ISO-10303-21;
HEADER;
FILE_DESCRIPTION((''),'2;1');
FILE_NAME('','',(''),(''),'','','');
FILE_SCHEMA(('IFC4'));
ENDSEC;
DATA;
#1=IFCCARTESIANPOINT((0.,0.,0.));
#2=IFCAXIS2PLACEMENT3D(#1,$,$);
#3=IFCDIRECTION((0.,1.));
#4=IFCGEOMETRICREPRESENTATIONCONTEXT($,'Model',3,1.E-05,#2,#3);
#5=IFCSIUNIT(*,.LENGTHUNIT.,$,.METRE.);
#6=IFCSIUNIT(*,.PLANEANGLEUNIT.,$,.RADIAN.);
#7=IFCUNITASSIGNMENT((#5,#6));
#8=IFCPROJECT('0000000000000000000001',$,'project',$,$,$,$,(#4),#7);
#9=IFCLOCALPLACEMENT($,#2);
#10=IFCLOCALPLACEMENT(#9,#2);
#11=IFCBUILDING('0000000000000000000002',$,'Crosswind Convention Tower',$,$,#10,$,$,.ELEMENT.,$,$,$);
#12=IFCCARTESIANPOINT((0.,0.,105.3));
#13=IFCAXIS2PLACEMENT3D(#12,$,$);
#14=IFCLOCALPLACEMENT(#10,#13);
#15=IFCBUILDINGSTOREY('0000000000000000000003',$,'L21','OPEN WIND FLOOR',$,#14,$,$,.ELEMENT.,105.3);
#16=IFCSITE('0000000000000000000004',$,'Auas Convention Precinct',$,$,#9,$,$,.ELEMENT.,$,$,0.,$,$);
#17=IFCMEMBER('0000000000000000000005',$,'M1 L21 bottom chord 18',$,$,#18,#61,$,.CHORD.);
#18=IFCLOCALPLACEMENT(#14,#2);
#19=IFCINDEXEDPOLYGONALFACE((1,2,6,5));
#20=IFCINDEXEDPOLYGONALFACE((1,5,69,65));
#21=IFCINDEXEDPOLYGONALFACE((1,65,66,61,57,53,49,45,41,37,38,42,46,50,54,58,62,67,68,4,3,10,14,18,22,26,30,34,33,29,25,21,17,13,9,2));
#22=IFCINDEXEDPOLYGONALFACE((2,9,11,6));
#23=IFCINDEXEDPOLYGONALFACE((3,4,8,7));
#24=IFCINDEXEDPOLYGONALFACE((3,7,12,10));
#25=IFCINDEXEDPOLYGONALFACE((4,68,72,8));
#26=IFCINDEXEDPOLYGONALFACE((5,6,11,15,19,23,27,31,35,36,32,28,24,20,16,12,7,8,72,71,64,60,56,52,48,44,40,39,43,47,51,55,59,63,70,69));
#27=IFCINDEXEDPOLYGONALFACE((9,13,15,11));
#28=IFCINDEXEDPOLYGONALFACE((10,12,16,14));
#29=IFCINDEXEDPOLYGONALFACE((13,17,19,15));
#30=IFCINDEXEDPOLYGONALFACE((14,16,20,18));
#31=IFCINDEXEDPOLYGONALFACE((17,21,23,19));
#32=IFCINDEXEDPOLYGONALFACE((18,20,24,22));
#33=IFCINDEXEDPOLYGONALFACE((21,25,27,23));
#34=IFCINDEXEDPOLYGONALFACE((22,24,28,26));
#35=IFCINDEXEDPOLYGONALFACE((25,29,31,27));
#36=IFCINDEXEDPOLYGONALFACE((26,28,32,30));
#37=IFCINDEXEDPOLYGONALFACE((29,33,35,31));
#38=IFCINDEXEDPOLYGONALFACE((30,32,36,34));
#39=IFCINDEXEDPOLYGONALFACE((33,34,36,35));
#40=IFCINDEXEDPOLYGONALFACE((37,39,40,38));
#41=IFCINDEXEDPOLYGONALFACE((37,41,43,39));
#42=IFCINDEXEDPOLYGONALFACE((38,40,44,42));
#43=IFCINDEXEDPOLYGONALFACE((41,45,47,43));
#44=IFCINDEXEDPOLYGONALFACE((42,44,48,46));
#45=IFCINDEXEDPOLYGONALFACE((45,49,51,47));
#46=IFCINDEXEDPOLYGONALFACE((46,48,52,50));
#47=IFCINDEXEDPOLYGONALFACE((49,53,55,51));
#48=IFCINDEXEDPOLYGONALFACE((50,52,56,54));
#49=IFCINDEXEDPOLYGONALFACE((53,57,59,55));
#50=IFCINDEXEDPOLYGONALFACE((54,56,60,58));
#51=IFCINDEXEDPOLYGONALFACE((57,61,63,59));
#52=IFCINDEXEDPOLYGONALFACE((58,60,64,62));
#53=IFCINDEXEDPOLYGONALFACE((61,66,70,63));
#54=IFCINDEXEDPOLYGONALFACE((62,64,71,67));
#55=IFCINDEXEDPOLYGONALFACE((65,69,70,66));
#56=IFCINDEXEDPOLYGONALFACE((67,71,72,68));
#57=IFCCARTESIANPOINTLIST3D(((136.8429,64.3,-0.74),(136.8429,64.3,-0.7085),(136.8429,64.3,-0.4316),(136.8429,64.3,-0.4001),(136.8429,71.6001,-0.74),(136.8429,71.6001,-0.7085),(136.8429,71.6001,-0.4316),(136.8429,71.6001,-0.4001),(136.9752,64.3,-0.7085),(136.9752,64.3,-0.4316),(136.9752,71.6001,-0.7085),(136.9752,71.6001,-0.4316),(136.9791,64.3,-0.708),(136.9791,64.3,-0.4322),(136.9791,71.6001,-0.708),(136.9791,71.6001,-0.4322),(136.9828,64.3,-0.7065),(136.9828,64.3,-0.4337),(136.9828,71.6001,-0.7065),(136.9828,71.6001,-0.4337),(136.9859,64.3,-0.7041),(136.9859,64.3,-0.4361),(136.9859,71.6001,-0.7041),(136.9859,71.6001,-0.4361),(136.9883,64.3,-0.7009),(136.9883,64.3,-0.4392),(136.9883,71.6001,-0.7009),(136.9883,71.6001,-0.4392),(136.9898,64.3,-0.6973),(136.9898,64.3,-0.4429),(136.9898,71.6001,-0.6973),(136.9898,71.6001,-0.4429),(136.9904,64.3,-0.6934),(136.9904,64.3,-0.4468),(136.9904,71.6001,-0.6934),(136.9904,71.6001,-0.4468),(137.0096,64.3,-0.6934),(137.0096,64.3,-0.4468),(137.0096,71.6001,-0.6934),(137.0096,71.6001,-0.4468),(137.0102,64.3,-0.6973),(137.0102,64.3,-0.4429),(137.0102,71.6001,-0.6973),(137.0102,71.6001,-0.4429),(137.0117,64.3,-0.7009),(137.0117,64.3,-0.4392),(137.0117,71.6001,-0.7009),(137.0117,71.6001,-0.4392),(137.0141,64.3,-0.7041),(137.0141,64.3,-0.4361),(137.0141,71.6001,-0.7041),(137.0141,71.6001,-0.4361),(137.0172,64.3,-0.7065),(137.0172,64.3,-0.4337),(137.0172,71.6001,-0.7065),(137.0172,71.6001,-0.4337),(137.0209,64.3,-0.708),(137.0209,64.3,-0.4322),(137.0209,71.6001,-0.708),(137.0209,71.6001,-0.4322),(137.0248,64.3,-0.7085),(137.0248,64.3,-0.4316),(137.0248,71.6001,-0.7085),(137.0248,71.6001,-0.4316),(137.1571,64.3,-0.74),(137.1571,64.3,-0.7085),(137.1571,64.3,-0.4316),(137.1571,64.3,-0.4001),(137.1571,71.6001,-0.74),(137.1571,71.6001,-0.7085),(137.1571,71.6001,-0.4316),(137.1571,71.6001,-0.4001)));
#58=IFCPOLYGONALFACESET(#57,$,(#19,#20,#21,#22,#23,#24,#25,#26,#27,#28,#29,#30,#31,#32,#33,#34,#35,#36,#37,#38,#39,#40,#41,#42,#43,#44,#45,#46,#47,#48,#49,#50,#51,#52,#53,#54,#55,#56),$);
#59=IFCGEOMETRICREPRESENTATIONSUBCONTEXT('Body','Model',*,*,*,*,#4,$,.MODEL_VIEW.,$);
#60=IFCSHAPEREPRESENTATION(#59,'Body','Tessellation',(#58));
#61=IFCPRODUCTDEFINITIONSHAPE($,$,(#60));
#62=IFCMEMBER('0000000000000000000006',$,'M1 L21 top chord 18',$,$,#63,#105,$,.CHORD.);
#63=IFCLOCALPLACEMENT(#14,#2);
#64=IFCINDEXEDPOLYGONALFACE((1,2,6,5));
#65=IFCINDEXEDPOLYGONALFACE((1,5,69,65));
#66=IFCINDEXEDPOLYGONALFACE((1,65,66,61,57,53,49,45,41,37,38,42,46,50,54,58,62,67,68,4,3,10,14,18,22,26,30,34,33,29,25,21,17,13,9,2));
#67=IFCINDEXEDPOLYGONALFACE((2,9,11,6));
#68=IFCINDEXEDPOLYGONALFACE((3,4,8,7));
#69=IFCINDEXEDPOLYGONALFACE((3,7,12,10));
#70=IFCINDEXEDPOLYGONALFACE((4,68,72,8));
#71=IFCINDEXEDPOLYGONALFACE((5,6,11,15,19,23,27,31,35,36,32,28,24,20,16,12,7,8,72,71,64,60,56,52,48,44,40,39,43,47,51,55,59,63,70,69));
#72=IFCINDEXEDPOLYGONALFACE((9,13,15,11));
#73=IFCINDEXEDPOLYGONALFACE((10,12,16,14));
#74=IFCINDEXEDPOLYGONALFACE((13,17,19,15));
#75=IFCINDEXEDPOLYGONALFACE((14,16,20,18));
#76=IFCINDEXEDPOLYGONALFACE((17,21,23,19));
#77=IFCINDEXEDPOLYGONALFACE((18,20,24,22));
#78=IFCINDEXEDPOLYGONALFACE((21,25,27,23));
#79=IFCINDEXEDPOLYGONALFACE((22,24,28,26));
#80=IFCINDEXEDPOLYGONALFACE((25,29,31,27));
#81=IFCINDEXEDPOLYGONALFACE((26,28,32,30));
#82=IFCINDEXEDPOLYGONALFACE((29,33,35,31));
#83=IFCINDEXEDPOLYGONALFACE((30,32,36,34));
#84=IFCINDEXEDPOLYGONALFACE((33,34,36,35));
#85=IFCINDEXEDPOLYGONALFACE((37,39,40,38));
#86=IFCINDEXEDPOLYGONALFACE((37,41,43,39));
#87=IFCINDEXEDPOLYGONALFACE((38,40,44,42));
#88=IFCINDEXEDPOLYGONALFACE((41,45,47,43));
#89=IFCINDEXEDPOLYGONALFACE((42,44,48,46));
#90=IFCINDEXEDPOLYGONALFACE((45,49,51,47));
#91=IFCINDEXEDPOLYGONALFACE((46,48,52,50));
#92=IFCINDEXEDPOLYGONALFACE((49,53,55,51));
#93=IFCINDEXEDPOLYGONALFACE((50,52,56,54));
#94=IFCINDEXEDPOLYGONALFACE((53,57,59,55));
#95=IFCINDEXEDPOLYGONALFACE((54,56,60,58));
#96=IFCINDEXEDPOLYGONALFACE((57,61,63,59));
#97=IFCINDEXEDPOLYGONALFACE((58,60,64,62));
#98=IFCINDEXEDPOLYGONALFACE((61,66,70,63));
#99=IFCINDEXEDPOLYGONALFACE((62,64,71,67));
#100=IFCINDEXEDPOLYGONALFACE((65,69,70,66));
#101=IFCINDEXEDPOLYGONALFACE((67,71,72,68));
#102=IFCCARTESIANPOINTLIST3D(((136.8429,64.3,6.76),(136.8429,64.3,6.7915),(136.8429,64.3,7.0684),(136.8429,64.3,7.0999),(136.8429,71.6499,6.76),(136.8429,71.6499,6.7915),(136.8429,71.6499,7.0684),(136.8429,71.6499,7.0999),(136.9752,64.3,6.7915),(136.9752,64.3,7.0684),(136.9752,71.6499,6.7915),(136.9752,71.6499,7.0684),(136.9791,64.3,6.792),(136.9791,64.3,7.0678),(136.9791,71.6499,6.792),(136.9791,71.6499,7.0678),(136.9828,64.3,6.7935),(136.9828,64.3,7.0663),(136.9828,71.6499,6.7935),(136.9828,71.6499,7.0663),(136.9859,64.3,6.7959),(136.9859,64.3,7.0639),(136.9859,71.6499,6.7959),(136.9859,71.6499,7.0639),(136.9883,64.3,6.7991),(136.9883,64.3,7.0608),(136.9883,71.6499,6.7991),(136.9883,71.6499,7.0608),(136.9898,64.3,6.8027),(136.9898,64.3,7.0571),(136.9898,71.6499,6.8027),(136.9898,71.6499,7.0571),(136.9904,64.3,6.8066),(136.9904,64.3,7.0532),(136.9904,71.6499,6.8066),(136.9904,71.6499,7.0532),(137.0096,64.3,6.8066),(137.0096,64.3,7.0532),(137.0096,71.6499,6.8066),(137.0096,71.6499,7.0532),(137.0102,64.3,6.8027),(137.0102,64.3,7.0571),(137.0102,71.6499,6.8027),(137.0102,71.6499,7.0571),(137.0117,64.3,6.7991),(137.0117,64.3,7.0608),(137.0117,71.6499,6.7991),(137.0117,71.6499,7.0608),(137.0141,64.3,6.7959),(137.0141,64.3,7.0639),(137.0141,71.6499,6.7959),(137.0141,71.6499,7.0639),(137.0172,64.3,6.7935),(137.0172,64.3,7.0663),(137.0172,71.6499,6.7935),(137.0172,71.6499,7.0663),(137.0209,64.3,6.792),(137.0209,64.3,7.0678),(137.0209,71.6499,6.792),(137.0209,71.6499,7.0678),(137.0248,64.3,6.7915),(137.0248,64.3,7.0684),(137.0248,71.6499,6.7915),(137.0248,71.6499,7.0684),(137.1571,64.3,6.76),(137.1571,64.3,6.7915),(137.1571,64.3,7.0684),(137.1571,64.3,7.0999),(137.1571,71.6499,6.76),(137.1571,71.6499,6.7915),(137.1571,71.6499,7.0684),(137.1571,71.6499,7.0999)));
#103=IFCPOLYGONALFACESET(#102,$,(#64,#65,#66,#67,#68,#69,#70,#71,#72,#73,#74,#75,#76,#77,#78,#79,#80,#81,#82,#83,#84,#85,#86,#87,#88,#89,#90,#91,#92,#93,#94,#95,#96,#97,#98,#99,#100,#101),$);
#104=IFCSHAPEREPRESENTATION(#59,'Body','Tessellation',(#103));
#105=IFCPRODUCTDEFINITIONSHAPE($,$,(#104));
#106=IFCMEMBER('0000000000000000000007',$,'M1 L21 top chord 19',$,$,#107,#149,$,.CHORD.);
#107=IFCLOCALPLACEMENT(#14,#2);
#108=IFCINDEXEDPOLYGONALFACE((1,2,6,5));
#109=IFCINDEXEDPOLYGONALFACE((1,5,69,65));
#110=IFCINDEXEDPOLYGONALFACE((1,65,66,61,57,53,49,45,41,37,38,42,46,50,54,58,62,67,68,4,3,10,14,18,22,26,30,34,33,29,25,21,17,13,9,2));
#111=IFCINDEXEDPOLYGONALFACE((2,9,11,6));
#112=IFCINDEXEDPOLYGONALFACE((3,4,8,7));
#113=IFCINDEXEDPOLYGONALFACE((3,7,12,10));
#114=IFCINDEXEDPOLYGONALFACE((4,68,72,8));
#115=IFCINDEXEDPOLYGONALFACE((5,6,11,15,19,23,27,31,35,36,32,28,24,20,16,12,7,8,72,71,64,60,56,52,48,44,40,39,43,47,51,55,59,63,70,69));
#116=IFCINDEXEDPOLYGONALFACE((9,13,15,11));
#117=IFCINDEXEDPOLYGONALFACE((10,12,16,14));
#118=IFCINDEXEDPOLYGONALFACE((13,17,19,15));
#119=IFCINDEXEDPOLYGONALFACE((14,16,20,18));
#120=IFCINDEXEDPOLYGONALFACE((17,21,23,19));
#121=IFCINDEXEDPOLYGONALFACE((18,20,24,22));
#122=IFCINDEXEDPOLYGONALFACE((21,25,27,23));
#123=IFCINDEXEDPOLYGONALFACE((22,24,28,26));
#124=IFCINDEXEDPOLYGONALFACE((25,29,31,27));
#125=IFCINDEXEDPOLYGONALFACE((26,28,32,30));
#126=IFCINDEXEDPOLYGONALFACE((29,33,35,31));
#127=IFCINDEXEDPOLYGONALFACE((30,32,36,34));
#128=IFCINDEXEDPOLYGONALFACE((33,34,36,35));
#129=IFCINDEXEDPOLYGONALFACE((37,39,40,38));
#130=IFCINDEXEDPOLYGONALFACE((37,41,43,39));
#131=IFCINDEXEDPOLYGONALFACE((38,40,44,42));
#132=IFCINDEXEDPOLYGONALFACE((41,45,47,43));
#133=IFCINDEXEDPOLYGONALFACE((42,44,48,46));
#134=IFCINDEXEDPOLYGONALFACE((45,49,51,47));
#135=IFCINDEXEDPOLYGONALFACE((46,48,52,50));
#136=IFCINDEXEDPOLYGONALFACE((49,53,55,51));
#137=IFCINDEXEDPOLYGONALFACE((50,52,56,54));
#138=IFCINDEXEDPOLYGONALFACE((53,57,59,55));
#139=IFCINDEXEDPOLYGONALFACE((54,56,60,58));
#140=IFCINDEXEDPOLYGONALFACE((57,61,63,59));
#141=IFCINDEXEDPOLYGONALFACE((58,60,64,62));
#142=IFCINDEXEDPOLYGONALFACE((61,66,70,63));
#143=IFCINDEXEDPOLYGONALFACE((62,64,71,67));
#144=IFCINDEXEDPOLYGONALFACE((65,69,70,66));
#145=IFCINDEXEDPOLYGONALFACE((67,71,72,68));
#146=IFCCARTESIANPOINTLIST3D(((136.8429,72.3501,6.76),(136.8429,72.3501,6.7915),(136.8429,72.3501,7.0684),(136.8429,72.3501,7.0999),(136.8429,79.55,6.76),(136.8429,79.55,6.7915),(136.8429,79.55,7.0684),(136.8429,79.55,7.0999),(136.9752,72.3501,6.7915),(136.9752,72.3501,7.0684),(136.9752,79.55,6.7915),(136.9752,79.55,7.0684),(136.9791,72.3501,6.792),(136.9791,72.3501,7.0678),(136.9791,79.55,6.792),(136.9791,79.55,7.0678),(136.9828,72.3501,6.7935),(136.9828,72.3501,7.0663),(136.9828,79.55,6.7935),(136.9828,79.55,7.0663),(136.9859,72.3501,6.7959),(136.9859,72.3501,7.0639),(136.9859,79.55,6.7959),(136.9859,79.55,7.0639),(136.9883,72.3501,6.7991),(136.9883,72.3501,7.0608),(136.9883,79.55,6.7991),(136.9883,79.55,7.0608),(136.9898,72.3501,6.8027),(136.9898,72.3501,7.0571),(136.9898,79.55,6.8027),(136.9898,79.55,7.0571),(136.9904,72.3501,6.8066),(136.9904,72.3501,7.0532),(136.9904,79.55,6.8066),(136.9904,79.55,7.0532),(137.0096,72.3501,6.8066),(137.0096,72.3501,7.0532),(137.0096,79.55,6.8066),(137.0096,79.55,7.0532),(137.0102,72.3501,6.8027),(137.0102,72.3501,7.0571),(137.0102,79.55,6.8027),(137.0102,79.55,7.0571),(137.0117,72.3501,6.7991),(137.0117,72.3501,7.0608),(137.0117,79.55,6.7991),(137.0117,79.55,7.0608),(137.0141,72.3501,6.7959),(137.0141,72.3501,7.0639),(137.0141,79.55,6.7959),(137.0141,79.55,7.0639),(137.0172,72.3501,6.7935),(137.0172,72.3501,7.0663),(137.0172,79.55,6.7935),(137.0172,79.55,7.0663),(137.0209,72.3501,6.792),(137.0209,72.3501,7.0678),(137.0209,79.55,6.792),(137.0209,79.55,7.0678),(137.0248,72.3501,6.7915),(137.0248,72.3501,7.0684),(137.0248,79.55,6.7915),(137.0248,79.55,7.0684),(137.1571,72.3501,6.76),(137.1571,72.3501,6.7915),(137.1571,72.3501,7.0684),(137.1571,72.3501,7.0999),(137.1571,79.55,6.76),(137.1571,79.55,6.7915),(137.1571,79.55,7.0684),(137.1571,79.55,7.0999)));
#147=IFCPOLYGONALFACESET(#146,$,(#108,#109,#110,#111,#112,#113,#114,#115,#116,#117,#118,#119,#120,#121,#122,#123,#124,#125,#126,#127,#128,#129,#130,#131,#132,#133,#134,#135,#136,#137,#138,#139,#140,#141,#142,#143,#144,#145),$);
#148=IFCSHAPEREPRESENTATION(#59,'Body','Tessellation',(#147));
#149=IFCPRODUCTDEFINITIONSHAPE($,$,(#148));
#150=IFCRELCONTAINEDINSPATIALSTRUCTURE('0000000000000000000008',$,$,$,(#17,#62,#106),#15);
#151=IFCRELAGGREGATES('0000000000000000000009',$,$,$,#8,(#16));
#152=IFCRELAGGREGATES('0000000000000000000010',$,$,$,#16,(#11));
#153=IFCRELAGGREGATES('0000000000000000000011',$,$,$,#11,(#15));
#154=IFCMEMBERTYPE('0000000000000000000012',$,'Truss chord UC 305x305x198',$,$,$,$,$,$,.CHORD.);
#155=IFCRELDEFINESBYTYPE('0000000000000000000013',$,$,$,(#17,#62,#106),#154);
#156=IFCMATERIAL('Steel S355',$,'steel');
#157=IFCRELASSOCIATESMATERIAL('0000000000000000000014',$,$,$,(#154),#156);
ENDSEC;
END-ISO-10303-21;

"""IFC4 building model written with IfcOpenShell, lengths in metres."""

from ifc_helpers import new_model, si_unit, direction, frame, origin, origin_2d, place, context, subcontext, project, spatial, i_section, extrude, material, material_profile, profile_set, type_object, element, save


model = new_model("IFC4")

# Units and contexts
model_context = context("Model", 3, precision=1e-05, world=origin(), true_north=direction((0.0, 1.0)))
body_context = subcontext(model_context, "Body", "Model", "MODEL_VIEW")
ifc_project = project(units=[si_unit("LENGTHUNIT", "METRE"), si_unit("PLANEANGLEUNIT", "RADIAN")], contexts=[model_context])

# Site, building, storey
site_placement = place(None, origin())
site = spatial("IfcSite", under=ifc_project, at=site_placement, Name="Auas Convention Precinct", CompositionType="ELEMENT", RefElevation=0.0)
building_placement = place(site_placement, origin())
building = spatial("IfcBuilding", under=site, at=building_placement, Name="Crosswind Convention Tower", CompositionType="ELEMENT")
storey_placement = place(building_placement, frame((0.0, 0.0, 105.3)))
storey = spatial("IfcBuildingStorey", under=building, at=storey_placement, Name="L21", Description="OPEN WIND FLOOR", CompositionType="ELEMENT", Elevation=105.3)

# Shared definitions
ifc_material_1 = material(Name="Steel S355", Category="steel")

# Members
ifc_material_profile_1 = material_profile(ifc_material_1, i_section(OverallWidth=0.3142, OverallDepth=0.3398, WebThickness=0.0193, FlangeThickness=0.0315, FilletRadius=0.0151, at=origin_2d()), Name="UC 305x305x198")
ifc_profile_set_1 = profile_set([ifc_material_profile_1], Name="Steel S355")
member_type_1 = type_object("IfcMemberType", Name="Truss chord UC 305x305x198", PredefinedType="CHORD", material=ifc_profile_set_1)
member_1_placement = place(storey_placement, frame((137.0, 64.3, -0.5701), z_axis=(0.0, 1.0, 0.0), x_axis=(-1.0, 0.0, 0.0)))
element("IfcMember", 1, at=member_1_placement, inside=storey, type_object=member_type_1, Name="M1 L21 bottom chord 18", PredefinedType="CHORD", context=body_context, shape_type="SweptSolid", body=[
    extrude(i_section(OverallWidth=0.3142, OverallDepth=0.3398, WebThickness=0.0193, FlangeThickness=0.0315, FilletRadius=0.0151, at=origin_2d()), origin(), (0.0, 0.0, 1.0), 7.3),
])
member_2_placement = place(storey_placement, frame((137.0, 64.3, 6.9299), z_axis=(0.0, 1.0, 0.0), x_axis=(-1.0, 0.0, 0.0)))
element("IfcMember", 2, at=member_2_placement, inside=storey, type_object=member_type_1, Name="M1 L21 top chord 18", PredefinedType="CHORD", context=body_context, shape_type="SweptSolid", body=[
    extrude(i_section(OverallWidth=0.3142, OverallDepth=0.3398, WebThickness=0.0193, FlangeThickness=0.0315, FilletRadius=0.0151, at=origin_2d()), origin(), (0.0, 0.0, 1.0), 7.3499),
])
member_3_placement = place(storey_placement, frame((137.0, 72.3501, 6.9299), z_axis=(0.0, 1.0, 0.0), x_axis=(-1.0, 0.0, 0.0)))
element("IfcMember", 3, at=member_3_placement, inside=storey, type_object=member_type_1, Name="M1 L21 top chord 19", PredefinedType="CHORD", context=body_context, shape_type="SweptSolid", body=[
    extrude(i_section(OverallWidth=0.3142, OverallDepth=0.3398, WebThickness=0.0193, FlangeThickness=0.0315, FilletRadius=0.0151, at=origin_2d()), origin(), (0.0, 0.0, 1.0), 7.2),
])

save(model, "model.ifc")
